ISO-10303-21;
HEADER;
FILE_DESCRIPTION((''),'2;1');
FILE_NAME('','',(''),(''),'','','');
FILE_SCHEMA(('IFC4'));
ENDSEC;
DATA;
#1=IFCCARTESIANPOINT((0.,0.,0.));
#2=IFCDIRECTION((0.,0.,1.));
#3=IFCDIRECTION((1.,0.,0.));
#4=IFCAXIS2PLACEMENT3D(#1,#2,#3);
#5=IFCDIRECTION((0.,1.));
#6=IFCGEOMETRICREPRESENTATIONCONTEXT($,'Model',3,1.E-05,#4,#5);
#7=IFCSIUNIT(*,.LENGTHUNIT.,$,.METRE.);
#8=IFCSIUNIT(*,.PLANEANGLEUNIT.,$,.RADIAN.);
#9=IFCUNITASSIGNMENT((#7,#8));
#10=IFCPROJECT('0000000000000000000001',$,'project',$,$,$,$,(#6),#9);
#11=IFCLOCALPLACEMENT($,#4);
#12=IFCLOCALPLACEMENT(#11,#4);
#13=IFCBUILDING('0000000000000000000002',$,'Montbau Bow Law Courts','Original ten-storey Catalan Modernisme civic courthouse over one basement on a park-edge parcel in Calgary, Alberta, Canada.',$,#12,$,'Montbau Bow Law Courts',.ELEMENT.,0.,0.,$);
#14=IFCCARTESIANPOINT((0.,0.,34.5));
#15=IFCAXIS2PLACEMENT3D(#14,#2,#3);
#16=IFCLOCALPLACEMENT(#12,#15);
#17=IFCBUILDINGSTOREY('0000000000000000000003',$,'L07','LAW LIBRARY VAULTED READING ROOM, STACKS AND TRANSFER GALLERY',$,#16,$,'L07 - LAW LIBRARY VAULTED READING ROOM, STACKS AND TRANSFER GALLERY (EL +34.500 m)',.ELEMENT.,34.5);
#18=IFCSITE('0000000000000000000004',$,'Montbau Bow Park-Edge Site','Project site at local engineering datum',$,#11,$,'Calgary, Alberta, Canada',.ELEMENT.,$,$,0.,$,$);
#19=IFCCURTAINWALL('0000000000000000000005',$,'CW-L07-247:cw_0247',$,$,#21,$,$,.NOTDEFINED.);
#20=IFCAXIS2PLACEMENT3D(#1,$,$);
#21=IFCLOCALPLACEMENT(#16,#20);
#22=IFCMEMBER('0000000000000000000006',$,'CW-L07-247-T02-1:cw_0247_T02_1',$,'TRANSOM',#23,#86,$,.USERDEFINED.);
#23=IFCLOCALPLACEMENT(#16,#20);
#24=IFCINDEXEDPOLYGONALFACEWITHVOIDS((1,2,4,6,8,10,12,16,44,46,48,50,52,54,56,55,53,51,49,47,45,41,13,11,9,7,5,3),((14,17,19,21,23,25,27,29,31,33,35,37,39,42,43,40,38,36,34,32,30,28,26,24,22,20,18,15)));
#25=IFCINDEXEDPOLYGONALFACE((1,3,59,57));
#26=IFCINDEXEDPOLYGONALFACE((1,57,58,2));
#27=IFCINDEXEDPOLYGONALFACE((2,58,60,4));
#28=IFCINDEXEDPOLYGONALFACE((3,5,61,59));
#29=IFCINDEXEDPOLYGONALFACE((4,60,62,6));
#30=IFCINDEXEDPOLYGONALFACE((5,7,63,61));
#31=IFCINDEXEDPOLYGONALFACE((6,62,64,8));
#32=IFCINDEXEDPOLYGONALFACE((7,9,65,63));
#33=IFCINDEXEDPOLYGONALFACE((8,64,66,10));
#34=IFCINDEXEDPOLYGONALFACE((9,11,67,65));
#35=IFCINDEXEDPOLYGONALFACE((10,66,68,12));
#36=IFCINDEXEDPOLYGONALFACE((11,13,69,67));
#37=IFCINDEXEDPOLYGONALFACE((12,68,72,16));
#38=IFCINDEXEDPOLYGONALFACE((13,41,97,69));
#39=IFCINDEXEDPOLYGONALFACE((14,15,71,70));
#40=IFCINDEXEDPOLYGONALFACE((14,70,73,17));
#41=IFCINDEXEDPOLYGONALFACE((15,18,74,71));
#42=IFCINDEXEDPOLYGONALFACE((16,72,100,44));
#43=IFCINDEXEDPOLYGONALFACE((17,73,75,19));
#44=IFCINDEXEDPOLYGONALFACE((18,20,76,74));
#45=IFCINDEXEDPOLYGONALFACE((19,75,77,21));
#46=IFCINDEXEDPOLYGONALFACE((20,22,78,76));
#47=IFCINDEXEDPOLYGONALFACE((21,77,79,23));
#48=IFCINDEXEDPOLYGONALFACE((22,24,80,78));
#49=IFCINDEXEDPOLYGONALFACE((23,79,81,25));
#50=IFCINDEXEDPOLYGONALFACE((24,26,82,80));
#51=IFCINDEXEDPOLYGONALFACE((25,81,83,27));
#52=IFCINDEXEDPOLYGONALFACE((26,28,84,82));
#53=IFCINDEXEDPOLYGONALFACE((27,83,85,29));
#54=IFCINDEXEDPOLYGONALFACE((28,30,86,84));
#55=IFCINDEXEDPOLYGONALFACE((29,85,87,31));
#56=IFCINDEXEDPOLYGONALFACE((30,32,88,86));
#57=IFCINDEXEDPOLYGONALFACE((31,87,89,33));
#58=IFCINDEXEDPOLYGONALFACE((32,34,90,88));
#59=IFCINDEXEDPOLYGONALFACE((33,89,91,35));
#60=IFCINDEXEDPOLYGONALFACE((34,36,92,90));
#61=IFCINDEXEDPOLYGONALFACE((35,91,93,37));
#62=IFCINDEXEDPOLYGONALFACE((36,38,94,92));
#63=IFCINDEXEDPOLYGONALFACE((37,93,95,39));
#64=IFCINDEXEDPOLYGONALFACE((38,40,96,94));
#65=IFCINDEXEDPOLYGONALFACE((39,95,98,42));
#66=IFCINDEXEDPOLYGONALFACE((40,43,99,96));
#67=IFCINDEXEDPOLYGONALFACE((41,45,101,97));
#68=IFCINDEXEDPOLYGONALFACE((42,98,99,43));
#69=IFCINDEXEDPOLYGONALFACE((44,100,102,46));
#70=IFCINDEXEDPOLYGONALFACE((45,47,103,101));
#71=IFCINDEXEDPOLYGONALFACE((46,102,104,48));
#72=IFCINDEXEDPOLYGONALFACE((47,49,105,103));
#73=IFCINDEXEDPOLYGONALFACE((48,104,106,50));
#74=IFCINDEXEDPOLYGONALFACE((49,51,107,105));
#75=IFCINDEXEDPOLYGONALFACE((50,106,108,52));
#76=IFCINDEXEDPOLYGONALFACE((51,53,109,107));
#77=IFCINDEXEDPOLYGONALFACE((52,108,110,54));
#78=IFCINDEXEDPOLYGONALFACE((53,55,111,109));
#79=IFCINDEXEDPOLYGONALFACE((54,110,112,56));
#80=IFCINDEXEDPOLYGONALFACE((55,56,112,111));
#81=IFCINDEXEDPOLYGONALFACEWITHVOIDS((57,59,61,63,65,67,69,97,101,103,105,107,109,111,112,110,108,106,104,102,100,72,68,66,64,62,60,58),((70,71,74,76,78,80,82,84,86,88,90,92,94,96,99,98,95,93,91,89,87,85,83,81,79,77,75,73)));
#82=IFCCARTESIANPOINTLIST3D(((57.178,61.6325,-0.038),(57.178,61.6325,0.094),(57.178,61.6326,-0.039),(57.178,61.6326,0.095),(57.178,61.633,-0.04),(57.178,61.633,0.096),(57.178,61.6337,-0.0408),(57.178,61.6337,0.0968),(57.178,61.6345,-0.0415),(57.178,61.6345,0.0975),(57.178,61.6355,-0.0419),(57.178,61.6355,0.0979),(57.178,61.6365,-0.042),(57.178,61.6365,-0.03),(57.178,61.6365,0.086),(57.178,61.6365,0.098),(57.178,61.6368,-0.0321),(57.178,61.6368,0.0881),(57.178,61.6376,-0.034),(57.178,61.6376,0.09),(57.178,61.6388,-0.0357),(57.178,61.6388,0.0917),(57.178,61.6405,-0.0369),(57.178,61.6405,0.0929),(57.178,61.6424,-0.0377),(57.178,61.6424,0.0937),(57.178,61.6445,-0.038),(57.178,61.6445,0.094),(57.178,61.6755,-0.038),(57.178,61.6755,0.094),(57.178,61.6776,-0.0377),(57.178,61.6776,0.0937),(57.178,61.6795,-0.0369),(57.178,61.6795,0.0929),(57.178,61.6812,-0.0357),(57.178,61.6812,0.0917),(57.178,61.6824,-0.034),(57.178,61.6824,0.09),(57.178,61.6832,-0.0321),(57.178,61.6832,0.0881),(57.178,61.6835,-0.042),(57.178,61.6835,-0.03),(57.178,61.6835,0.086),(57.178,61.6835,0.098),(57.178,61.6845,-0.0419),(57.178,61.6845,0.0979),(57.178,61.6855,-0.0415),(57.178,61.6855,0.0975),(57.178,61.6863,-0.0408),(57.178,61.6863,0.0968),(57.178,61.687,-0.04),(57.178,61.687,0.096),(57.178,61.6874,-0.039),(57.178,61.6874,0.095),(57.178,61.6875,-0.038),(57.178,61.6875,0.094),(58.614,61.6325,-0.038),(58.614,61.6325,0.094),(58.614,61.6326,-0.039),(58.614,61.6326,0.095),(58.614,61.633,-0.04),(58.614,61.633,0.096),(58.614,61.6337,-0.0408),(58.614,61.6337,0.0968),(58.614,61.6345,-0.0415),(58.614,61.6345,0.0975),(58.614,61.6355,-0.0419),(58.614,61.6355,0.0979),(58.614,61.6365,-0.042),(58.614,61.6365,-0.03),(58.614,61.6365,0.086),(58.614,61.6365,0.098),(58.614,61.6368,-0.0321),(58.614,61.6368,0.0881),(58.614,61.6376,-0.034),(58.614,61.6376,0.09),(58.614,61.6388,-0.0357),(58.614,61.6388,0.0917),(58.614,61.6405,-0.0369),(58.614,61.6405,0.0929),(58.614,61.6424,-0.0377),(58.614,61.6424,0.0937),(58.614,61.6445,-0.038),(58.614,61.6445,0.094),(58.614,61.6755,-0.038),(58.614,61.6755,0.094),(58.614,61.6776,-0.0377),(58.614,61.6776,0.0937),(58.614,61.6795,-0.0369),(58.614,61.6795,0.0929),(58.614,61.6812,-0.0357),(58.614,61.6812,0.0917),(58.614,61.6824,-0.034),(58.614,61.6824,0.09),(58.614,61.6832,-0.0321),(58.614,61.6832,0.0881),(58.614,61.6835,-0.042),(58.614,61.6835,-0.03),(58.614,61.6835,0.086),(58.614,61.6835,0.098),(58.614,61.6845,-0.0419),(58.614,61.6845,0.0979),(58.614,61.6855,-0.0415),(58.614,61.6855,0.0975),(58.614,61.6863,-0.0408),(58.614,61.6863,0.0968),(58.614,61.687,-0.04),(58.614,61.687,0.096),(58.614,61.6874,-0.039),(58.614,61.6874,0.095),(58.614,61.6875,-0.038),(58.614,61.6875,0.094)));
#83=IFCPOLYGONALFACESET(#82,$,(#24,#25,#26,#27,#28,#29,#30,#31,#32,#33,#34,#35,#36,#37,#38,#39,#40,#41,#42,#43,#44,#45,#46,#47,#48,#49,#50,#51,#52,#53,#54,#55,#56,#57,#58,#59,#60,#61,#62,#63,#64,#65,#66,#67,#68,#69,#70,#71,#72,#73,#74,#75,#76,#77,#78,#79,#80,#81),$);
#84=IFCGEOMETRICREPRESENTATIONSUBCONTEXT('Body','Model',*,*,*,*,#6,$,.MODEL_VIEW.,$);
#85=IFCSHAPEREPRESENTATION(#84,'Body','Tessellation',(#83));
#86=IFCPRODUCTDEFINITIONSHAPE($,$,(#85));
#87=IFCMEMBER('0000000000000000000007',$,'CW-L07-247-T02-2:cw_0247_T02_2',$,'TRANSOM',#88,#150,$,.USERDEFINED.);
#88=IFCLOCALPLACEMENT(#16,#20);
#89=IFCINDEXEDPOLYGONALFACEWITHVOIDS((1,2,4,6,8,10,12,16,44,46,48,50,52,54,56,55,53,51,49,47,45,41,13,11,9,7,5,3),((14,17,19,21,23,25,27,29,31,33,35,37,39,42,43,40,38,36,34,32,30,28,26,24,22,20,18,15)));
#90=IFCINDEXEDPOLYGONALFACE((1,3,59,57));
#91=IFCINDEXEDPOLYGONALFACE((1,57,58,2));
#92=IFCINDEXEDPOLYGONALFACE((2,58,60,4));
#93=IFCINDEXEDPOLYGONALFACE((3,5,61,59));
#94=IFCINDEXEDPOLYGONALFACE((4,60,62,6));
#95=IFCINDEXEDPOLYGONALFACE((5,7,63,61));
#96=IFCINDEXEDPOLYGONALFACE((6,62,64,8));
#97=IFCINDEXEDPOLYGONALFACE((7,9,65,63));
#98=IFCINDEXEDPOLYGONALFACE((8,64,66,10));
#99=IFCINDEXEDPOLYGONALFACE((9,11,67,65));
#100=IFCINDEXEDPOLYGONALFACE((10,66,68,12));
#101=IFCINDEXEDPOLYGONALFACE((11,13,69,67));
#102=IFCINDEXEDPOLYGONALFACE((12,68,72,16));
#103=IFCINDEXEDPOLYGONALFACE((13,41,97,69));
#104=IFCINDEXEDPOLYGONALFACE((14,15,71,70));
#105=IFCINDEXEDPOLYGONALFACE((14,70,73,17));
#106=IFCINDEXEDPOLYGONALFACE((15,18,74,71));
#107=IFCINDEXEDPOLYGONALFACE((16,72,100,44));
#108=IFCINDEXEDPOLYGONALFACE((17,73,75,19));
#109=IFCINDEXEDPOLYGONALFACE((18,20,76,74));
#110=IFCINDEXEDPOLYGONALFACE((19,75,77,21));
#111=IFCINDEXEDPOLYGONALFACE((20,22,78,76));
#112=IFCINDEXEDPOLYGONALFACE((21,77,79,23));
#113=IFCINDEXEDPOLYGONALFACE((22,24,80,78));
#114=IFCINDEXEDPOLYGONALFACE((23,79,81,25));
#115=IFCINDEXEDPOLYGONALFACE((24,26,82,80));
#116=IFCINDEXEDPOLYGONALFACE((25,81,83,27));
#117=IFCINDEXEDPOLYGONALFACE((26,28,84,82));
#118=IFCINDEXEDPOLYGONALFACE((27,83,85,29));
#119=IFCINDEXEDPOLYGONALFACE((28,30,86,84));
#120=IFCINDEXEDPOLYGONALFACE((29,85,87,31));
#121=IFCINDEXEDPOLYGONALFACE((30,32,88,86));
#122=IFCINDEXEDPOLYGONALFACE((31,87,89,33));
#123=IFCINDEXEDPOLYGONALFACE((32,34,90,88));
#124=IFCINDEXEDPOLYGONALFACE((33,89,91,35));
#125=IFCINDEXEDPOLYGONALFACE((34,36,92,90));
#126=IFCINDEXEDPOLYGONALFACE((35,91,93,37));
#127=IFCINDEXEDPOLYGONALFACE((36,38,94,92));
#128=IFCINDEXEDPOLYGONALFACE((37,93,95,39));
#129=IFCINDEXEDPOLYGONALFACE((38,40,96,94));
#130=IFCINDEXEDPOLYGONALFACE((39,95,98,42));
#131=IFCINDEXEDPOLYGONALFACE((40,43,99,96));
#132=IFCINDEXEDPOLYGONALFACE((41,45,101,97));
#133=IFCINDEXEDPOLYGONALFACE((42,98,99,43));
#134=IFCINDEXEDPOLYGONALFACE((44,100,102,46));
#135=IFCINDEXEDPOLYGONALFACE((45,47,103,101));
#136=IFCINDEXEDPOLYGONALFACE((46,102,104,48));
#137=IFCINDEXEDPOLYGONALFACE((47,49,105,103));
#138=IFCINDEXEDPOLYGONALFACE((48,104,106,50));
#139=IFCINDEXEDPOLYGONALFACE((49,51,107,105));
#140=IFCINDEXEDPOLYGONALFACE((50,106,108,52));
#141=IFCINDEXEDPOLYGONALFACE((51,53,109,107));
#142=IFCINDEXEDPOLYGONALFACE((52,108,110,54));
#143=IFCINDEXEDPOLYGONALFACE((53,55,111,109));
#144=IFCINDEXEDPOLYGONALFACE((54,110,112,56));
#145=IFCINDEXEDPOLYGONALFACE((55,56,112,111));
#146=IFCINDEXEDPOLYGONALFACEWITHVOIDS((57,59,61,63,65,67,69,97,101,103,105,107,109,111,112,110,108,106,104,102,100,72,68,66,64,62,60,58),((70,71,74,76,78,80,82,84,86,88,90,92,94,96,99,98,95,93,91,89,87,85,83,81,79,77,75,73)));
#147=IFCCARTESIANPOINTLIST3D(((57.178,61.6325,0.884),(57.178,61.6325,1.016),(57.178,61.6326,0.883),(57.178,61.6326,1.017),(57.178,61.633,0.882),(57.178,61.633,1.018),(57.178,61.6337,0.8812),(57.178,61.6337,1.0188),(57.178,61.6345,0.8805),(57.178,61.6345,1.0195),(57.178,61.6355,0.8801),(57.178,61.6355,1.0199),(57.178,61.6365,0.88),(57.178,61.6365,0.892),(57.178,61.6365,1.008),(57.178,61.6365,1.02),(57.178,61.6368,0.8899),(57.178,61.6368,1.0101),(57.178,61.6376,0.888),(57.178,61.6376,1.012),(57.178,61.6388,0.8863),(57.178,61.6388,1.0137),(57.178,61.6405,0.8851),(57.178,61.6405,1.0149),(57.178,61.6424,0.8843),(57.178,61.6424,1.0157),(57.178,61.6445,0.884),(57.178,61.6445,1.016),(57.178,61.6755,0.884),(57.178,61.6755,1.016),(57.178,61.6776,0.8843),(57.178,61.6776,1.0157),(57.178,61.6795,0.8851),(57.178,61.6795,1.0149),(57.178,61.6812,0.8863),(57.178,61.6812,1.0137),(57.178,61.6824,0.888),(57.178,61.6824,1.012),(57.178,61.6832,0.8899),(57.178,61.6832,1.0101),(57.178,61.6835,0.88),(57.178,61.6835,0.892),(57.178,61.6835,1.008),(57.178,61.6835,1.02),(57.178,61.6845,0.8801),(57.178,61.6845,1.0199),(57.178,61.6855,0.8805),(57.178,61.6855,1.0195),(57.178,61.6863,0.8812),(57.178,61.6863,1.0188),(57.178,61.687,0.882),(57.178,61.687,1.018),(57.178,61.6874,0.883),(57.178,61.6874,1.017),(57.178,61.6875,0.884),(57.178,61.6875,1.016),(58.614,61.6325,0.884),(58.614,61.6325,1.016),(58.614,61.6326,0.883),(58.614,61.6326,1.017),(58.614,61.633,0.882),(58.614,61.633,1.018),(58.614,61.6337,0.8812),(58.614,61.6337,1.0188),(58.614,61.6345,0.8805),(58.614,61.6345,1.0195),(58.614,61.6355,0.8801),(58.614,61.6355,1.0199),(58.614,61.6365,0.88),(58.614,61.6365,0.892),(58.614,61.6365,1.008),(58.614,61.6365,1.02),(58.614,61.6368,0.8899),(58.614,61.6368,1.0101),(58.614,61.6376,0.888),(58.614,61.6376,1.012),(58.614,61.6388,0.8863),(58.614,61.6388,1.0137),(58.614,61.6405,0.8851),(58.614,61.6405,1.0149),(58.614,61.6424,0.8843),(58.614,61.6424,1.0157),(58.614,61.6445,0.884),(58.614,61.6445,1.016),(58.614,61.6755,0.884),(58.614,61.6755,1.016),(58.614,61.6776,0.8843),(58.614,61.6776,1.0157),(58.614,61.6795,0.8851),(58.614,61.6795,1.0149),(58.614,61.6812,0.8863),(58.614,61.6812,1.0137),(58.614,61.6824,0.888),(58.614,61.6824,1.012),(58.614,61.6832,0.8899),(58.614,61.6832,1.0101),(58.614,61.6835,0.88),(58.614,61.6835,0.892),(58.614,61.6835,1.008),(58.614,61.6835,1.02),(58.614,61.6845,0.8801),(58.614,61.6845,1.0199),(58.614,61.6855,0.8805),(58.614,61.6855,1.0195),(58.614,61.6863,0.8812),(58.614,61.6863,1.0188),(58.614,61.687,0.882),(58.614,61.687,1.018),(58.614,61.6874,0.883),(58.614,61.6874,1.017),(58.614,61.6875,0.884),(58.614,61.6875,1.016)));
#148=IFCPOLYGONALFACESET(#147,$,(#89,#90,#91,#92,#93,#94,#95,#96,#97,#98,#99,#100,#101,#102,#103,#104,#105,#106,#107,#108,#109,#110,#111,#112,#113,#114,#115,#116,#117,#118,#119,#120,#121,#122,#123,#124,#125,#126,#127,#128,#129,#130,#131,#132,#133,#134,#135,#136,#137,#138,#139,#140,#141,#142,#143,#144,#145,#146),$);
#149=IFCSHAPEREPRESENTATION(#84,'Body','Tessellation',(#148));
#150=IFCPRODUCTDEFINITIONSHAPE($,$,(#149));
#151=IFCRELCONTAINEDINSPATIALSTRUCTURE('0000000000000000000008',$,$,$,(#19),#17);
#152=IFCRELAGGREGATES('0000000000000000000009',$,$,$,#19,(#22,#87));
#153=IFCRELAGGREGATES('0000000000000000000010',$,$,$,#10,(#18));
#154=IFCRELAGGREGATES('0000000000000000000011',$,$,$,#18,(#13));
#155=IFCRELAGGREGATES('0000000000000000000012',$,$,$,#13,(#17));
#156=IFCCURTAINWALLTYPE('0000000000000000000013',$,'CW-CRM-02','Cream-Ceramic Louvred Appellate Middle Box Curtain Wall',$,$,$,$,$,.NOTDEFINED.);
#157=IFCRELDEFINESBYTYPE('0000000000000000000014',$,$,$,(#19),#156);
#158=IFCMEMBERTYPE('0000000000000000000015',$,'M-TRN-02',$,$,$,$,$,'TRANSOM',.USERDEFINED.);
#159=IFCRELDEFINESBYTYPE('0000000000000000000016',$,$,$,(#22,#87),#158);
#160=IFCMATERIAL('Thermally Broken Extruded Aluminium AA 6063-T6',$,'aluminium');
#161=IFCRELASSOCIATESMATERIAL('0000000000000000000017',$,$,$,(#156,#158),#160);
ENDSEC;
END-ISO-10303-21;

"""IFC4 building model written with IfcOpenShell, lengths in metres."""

from ifc_helpers import new_model, si_unit, direction, frame, origin_with_axes, origin_2d_with_axis, place, context, subcontext, project, spatial, hollow_rectangle, extrude, material, material_profile, profile_set, type_object, element, aggregate, save


model = new_model("IFC4")

# Units and contexts
model_context = context("Model", 3, precision=1e-05, world=origin_with_axes(), true_north=direction((0.0, 1.0)))
body_context = subcontext(model_context, "Body", "Model", "MODEL_VIEW")
ifc_project = project(units=[si_unit("LENGTHUNIT", "METRE"), si_unit("PLANEANGLEUNIT", "RADIAN")], contexts=[model_context])

# Site, building, storey
site_placement = place(None, origin_with_axes())
site = spatial("IfcSite", under=ifc_project, at=site_placement, Name="Montbau Bow Park-Edge Site", Description="Project site at local engineering datum", LongName="Calgary, Alberta, Canada", CompositionType="ELEMENT", RefElevation=0.0)
building_placement = place(site_placement, origin_with_axes())
building = spatial("IfcBuilding", under=site, at=building_placement, Name="Montbau Bow Law Courts", Description="Original ten-storey Catalan Modernisme civic courthouse over one basement on a park-edge parcel in Calgary, Alberta, Canada.", LongName="Montbau Bow Law Courts", CompositionType="ELEMENT", ElevationOfRefHeight=0.0, ElevationOfTerrain=0.0)
storey_placement = place(building_placement, frame((0.0, 0.0, 34.5), z_axis=(0.0, 0.0, 1.0), x_axis=(1.0, 0.0, 0.0)))
storey = spatial("IfcBuildingStorey", under=building, at=storey_placement, Name="L07", Description="LAW LIBRARY VAULTED READING ROOM, STACKS AND TRANSFER GALLERY", LongName="L07 - LAW LIBRARY VAULTED READING ROOM, STACKS AND TRANSFER GALLERY (EL +34.500 m)", CompositionType="ELEMENT", Elevation=34.5)

# Curtain wall, members
ifc_material_1 = material(Name="Thermally Broken Extruded Aluminium AA 6063-T6", Category="aluminium")
curtain_wall_type = type_object("IfcCurtainWallType", Name="CW-CRM-02", Description="Cream-Ceramic Louvred Appellate Middle Box Curtain Wall", PredefinedType="NOTDEFINED", material=ifc_material_1)
curtain_wall_placement = place(None, frame((55.64, 61.66, 34.5), z_axis=(0.0, 0.0, 1.0), x_axis=(1.0, 0.0, 0.0)))
curtain_wall = element("IfcCurtainWall", 1, at=curtain_wall_placement, inside=storey, type_object=curtain_wall_type, Name="CW-L07-247:cw_0247", PredefinedType="NOTDEFINED")
ifc_material_profile_1 = material_profile(ifc_material_1, hollow_rectangle(XDim=0.055, YDim=0.14, WallThickness=0.004, InnerFilletRadius=0.008, OuterFilletRadius=0.004, at=origin_2d_with_axis()), Name="CWT-140X55", Category="Main", Priority=0)
ifc_profile_set_1 = profile_set([ifc_material_profile_1], Name="Thermally Broken Extruded Aluminium AA 6063-T6")
member_type_1 = type_object("IfcMemberType", Name="M-TRN-02", ElementType="TRANSOM", PredefinedType="USERDEFINED", material=ifc_profile_set_1)
member_1_placement = place(None, frame((57.178, 61.66, 34.528), z_axis=(1.0, 0.0, 0.0), x_axis=(0.0, 1.0, 0.0)))
member_1 = element("IfcMember", 2, at=member_1_placement, type_object=member_type_1, Name="CW-L07-247-T02-1:cw_0247_T02_1", ObjectType="TRANSOM", PredefinedType="USERDEFINED", context=body_context, shape_type="SweptSolid", body=[
    extrude(hollow_rectangle(XDim=0.055, YDim=0.14, WallThickness=0.004, InnerFilletRadius=0.008, OuterFilletRadius=0.004, at=origin_2d_with_axis()), origin_with_axes(), (0.0, 0.0, 1.0), 1.436),
])
member_2_placement = place(None, frame((57.178, 61.66, 35.45), z_axis=(1.0, 0.0, 0.0), x_axis=(0.0, 1.0, 0.0)))
member_2 = element("IfcMember", 3, at=member_2_placement, type_object=member_type_1, Name="CW-L07-247-T02-2:cw_0247_T02_2", ObjectType="TRANSOM", PredefinedType="USERDEFINED", context=body_context, shape_type="SweptSolid", body=[
    extrude(hollow_rectangle(XDim=0.055, YDim=0.14, WallThickness=0.004, InnerFilletRadius=0.008, OuterFilletRadius=0.004, at=origin_2d_with_axis()), origin_with_axes(), (0.0, 0.0, 1.0), 1.436),
])
aggregate(curtain_wall, [member_1, member_2])

save(model, "model.ifc")
